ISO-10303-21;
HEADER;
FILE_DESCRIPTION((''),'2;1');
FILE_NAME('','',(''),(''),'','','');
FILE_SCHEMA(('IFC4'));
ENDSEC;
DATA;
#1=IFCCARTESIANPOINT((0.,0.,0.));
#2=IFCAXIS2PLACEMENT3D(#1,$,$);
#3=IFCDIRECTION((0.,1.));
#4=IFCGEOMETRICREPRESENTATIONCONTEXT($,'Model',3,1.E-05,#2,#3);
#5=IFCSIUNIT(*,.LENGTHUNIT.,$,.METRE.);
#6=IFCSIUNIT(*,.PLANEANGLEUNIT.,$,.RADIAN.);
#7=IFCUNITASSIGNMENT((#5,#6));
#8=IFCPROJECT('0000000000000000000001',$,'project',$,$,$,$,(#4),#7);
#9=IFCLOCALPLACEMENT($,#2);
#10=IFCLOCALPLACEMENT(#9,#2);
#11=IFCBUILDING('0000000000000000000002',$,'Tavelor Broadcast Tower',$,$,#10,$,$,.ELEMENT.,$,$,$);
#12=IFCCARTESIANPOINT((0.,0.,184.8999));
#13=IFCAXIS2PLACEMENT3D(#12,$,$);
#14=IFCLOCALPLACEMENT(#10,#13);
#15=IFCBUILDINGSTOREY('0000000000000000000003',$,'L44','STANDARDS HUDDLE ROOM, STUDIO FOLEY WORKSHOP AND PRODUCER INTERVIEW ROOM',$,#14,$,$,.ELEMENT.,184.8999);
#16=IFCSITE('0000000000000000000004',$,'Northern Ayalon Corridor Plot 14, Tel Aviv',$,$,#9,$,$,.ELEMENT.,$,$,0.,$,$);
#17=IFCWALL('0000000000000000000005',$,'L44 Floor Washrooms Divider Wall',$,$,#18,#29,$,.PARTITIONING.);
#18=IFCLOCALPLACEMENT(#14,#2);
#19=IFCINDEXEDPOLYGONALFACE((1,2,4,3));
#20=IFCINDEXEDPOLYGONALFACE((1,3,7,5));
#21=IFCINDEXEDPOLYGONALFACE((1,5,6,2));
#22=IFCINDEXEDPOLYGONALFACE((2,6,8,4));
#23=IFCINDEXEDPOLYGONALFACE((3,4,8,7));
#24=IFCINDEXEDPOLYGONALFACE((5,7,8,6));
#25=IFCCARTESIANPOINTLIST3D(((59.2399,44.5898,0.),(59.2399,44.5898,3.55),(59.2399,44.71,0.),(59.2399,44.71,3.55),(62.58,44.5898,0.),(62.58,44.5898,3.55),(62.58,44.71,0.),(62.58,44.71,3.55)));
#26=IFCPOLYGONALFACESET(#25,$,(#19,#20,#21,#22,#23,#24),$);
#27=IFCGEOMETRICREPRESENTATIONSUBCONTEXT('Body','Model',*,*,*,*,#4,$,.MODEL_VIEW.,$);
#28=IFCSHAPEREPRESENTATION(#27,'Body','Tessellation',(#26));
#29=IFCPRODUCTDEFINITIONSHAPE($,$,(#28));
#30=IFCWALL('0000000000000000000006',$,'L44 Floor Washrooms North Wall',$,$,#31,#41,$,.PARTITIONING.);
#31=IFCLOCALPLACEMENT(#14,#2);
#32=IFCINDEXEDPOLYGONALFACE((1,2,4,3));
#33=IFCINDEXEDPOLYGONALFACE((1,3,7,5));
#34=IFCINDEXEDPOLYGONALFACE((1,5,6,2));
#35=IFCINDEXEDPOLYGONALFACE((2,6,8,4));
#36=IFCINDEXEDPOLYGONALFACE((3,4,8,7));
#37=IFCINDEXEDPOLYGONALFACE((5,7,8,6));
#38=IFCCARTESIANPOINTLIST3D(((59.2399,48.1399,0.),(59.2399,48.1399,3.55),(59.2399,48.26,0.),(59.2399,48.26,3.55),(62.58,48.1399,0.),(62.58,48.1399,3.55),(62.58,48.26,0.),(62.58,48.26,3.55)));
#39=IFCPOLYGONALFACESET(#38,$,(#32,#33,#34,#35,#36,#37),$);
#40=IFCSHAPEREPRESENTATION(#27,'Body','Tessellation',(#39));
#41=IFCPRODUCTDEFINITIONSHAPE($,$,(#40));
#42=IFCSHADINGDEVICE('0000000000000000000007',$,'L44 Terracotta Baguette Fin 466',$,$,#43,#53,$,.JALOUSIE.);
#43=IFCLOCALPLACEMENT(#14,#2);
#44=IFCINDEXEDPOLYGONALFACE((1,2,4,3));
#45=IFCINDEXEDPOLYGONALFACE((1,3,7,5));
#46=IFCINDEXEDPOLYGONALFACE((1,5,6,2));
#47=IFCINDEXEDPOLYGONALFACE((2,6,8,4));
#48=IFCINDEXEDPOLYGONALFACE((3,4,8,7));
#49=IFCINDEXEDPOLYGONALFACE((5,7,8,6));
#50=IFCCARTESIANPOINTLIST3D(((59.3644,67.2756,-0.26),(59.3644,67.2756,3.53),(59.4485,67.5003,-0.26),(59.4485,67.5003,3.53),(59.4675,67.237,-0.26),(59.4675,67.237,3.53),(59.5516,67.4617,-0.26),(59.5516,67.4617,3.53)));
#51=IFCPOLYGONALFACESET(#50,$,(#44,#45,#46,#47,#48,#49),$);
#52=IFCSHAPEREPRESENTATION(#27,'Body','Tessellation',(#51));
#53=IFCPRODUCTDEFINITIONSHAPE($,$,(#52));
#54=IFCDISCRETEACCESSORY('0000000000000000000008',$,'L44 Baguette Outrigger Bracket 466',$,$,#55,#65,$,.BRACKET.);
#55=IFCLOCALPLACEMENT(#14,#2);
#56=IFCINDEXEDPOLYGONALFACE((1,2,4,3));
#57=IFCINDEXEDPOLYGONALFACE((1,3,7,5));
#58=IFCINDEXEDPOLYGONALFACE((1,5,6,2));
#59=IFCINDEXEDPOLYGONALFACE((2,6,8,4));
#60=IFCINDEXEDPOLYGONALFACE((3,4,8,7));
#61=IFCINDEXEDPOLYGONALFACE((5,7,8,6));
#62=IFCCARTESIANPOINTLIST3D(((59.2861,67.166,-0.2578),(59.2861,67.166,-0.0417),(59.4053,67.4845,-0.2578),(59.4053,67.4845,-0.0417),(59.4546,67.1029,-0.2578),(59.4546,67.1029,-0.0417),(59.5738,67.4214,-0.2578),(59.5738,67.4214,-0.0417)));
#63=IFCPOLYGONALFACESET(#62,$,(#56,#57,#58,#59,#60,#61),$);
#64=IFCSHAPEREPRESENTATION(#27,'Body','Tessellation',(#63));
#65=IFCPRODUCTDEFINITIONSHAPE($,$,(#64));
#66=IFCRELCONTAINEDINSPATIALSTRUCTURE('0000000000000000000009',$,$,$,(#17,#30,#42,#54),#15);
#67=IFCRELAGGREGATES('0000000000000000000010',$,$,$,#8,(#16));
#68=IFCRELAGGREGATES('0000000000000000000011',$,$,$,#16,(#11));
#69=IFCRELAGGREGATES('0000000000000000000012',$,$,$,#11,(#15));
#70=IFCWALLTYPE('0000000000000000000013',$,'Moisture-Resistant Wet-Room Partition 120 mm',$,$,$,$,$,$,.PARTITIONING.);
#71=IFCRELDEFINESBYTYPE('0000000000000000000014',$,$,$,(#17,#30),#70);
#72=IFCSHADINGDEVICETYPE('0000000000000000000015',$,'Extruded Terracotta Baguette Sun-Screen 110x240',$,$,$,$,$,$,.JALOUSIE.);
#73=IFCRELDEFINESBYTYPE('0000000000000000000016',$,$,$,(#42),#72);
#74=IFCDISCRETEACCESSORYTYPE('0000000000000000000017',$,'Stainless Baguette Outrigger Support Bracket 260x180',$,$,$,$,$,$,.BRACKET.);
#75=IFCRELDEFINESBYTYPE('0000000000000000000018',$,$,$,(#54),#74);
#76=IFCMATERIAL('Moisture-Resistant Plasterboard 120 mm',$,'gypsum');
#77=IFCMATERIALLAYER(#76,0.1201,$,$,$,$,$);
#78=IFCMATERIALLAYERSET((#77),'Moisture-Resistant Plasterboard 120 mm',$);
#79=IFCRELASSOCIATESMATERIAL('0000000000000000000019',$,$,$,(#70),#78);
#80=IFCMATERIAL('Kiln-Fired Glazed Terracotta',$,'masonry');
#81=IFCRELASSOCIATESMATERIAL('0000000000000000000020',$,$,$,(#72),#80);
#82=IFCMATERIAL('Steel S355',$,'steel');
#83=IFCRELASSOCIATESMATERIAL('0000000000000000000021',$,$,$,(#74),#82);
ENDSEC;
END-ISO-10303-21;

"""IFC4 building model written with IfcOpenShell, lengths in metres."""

from ifc_helpers import new_model, si_unit, direction, frame, frame_2d, origin, origin_2d, place, context, subcontext, project, spatial, rectangle, extrude, source, transform, mapped, material, layer, layer_set, type_object, type_shapes, element, save


model = new_model("IFC4")

# Units and contexts
model_context = context("Model", 3, precision=1e-05, world=origin(), true_north=direction((0.0, 1.0)))
body_context = subcontext(model_context, "Body", "Model", "MODEL_VIEW")
ifc_project = project(units=[si_unit("LENGTHUNIT", "METRE"), si_unit("PLANEANGLEUNIT", "RADIAN")], contexts=[model_context])

# Site, building, storey
site_placement = place(None, origin())
site = spatial("IfcSite", under=ifc_project, at=site_placement, Name="Northern Ayalon Corridor Plot 14, Tel Aviv", CompositionType="ELEMENT", RefElevation=0.0)
building_placement = place(site_placement, origin())
building = spatial("IfcBuilding", under=site, at=building_placement, Name="Tavelor Broadcast Tower", CompositionType="ELEMENT")
storey_placement = place(building_placement, frame((0.0, 0.0, 184.8999)))
storey = spatial("IfcBuildingStorey", under=building, at=storey_placement, Name="L44", Description="STANDARDS HUDDLE ROOM, STUDIO FOLEY WORKSHOP AND PRODUCER INTERVIEW ROOM", CompositionType="ELEMENT", Elevation=184.8999)

# Shared definitions
ifc_material_1 = material(Name="Steel S355", Category="steel")

# Walls
ifc_material_2 = material(Name="Moisture-Resistant Plasterboard 120 mm", Category="gypsum")
ifc_layer_1 = layer(ifc_material_2, 0.1201)
ifc_layer_set_1 = layer_set([ifc_layer_1], Name="Moisture-Resistant Plasterboard 120 mm")
wall_type_1 = type_object("IfcWallType", Name="Moisture-Resistant Wet-Room Partition 120 mm", PredefinedType="PARTITIONING", material=ifc_layer_set_1)
for number, where, z_axis, x_axis, name in (
    (1, (59.24, 44.6499, 0.0), (0.0, 0.0, 1.0), (1.0, 0.0, 0.0), "L44 Floor Washrooms Divider Wall"),
    (2, (59.24, 48.2, 0.0), (0.0, 0.0, 1.0), (1.0, 0.0, 0.0), "L44 Floor Washrooms North Wall"),
):
    element("IfcWall", number, at=place(storey_placement, frame(where, z_axis=z_axis, x_axis=x_axis)), inside=storey, type_object=wall_type_1, Name=name, PredefinedType="PARTITIONING", context=body_context, shape_type="SweptSolid", body=[
        extrude(rectangle(XDim=3.3401, YDim=0.1201, at=frame_2d((1.6699, 0.0))), origin(), (0.0, 0.0, 1.0), 3.55),
    ])

# Shading device
ifc_material_3 = material(Name="Kiln-Fired Glazed Terracotta", Category="masonry")
shading_device_type = type_object("IfcShadingDeviceType", Name="Extruded Terracotta Baguette Sun-Screen 110x240", PredefinedType="JALOUSIE", material=ifc_material_3)
shared_shape_1 = source(origin(), body_context, "Body", "SweptSolid", [
    extrude(rectangle(XDim=0.1101, YDim=0.24, at=origin_2d()), origin(), (0.0, 0.0, 1.0), 3.79),
])
type_shapes(shading_device_type, [shared_shape_1])
shading_device_placement = place(storey_placement, frame((59.458, 67.3687, -0.26), z_axis=(0.0, 0.0, 1.0), x_axis=(-0.93655, 0.350534, 0.0)))
element("IfcShadingDevice", 3, at=shading_device_placement, inside=storey, type_object=shading_device_type, Name="L44 Terracotta Baguette Fin 466", PredefinedType="JALOUSIE", context=body_context, shape_type="MappedRepresentation", body=[
    mapped(shared_shape_1, transform((0.0, 0.0, 0.0), scale=1.0)),
])

# Discrete accessory
discrete_accessory_type = type_object("IfcDiscreteAccessoryType", Name="Stainless Baguette Outrigger Support Bracket 260x180", PredefinedType="BRACKET", material=ifc_material_1)
shared_shape_2 = source(origin(), body_context, "Body", "SweptSolid", [
    extrude(rectangle(XDim=0.1799, YDim=0.3401, at=origin_2d()), origin(), (0.0, 0.0, 1.0), 0.2161),
])
type_shapes(discrete_accessory_type, [shared_shape_2])
discrete_accessory_placement = place(storey_placement, frame((59.4299, 67.2937, -0.2578), z_axis=(0.0, 0.0, 1.0), x_axis=(-0.93655, 0.350534, 0.0)))
element("IfcDiscreteAccessory", 4, at=discrete_accessory_placement, inside=storey, type_object=discrete_accessory_type, Name="L44 Baguette Outrigger Bracket 466", PredefinedType="BRACKET", context=body_context, shape_type="MappedRepresentation", body=[
    mapped(shared_shape_2, transform((0.0, 0.0, 0.0), scale=1.0)),
])

save(model, "model.ifc")
